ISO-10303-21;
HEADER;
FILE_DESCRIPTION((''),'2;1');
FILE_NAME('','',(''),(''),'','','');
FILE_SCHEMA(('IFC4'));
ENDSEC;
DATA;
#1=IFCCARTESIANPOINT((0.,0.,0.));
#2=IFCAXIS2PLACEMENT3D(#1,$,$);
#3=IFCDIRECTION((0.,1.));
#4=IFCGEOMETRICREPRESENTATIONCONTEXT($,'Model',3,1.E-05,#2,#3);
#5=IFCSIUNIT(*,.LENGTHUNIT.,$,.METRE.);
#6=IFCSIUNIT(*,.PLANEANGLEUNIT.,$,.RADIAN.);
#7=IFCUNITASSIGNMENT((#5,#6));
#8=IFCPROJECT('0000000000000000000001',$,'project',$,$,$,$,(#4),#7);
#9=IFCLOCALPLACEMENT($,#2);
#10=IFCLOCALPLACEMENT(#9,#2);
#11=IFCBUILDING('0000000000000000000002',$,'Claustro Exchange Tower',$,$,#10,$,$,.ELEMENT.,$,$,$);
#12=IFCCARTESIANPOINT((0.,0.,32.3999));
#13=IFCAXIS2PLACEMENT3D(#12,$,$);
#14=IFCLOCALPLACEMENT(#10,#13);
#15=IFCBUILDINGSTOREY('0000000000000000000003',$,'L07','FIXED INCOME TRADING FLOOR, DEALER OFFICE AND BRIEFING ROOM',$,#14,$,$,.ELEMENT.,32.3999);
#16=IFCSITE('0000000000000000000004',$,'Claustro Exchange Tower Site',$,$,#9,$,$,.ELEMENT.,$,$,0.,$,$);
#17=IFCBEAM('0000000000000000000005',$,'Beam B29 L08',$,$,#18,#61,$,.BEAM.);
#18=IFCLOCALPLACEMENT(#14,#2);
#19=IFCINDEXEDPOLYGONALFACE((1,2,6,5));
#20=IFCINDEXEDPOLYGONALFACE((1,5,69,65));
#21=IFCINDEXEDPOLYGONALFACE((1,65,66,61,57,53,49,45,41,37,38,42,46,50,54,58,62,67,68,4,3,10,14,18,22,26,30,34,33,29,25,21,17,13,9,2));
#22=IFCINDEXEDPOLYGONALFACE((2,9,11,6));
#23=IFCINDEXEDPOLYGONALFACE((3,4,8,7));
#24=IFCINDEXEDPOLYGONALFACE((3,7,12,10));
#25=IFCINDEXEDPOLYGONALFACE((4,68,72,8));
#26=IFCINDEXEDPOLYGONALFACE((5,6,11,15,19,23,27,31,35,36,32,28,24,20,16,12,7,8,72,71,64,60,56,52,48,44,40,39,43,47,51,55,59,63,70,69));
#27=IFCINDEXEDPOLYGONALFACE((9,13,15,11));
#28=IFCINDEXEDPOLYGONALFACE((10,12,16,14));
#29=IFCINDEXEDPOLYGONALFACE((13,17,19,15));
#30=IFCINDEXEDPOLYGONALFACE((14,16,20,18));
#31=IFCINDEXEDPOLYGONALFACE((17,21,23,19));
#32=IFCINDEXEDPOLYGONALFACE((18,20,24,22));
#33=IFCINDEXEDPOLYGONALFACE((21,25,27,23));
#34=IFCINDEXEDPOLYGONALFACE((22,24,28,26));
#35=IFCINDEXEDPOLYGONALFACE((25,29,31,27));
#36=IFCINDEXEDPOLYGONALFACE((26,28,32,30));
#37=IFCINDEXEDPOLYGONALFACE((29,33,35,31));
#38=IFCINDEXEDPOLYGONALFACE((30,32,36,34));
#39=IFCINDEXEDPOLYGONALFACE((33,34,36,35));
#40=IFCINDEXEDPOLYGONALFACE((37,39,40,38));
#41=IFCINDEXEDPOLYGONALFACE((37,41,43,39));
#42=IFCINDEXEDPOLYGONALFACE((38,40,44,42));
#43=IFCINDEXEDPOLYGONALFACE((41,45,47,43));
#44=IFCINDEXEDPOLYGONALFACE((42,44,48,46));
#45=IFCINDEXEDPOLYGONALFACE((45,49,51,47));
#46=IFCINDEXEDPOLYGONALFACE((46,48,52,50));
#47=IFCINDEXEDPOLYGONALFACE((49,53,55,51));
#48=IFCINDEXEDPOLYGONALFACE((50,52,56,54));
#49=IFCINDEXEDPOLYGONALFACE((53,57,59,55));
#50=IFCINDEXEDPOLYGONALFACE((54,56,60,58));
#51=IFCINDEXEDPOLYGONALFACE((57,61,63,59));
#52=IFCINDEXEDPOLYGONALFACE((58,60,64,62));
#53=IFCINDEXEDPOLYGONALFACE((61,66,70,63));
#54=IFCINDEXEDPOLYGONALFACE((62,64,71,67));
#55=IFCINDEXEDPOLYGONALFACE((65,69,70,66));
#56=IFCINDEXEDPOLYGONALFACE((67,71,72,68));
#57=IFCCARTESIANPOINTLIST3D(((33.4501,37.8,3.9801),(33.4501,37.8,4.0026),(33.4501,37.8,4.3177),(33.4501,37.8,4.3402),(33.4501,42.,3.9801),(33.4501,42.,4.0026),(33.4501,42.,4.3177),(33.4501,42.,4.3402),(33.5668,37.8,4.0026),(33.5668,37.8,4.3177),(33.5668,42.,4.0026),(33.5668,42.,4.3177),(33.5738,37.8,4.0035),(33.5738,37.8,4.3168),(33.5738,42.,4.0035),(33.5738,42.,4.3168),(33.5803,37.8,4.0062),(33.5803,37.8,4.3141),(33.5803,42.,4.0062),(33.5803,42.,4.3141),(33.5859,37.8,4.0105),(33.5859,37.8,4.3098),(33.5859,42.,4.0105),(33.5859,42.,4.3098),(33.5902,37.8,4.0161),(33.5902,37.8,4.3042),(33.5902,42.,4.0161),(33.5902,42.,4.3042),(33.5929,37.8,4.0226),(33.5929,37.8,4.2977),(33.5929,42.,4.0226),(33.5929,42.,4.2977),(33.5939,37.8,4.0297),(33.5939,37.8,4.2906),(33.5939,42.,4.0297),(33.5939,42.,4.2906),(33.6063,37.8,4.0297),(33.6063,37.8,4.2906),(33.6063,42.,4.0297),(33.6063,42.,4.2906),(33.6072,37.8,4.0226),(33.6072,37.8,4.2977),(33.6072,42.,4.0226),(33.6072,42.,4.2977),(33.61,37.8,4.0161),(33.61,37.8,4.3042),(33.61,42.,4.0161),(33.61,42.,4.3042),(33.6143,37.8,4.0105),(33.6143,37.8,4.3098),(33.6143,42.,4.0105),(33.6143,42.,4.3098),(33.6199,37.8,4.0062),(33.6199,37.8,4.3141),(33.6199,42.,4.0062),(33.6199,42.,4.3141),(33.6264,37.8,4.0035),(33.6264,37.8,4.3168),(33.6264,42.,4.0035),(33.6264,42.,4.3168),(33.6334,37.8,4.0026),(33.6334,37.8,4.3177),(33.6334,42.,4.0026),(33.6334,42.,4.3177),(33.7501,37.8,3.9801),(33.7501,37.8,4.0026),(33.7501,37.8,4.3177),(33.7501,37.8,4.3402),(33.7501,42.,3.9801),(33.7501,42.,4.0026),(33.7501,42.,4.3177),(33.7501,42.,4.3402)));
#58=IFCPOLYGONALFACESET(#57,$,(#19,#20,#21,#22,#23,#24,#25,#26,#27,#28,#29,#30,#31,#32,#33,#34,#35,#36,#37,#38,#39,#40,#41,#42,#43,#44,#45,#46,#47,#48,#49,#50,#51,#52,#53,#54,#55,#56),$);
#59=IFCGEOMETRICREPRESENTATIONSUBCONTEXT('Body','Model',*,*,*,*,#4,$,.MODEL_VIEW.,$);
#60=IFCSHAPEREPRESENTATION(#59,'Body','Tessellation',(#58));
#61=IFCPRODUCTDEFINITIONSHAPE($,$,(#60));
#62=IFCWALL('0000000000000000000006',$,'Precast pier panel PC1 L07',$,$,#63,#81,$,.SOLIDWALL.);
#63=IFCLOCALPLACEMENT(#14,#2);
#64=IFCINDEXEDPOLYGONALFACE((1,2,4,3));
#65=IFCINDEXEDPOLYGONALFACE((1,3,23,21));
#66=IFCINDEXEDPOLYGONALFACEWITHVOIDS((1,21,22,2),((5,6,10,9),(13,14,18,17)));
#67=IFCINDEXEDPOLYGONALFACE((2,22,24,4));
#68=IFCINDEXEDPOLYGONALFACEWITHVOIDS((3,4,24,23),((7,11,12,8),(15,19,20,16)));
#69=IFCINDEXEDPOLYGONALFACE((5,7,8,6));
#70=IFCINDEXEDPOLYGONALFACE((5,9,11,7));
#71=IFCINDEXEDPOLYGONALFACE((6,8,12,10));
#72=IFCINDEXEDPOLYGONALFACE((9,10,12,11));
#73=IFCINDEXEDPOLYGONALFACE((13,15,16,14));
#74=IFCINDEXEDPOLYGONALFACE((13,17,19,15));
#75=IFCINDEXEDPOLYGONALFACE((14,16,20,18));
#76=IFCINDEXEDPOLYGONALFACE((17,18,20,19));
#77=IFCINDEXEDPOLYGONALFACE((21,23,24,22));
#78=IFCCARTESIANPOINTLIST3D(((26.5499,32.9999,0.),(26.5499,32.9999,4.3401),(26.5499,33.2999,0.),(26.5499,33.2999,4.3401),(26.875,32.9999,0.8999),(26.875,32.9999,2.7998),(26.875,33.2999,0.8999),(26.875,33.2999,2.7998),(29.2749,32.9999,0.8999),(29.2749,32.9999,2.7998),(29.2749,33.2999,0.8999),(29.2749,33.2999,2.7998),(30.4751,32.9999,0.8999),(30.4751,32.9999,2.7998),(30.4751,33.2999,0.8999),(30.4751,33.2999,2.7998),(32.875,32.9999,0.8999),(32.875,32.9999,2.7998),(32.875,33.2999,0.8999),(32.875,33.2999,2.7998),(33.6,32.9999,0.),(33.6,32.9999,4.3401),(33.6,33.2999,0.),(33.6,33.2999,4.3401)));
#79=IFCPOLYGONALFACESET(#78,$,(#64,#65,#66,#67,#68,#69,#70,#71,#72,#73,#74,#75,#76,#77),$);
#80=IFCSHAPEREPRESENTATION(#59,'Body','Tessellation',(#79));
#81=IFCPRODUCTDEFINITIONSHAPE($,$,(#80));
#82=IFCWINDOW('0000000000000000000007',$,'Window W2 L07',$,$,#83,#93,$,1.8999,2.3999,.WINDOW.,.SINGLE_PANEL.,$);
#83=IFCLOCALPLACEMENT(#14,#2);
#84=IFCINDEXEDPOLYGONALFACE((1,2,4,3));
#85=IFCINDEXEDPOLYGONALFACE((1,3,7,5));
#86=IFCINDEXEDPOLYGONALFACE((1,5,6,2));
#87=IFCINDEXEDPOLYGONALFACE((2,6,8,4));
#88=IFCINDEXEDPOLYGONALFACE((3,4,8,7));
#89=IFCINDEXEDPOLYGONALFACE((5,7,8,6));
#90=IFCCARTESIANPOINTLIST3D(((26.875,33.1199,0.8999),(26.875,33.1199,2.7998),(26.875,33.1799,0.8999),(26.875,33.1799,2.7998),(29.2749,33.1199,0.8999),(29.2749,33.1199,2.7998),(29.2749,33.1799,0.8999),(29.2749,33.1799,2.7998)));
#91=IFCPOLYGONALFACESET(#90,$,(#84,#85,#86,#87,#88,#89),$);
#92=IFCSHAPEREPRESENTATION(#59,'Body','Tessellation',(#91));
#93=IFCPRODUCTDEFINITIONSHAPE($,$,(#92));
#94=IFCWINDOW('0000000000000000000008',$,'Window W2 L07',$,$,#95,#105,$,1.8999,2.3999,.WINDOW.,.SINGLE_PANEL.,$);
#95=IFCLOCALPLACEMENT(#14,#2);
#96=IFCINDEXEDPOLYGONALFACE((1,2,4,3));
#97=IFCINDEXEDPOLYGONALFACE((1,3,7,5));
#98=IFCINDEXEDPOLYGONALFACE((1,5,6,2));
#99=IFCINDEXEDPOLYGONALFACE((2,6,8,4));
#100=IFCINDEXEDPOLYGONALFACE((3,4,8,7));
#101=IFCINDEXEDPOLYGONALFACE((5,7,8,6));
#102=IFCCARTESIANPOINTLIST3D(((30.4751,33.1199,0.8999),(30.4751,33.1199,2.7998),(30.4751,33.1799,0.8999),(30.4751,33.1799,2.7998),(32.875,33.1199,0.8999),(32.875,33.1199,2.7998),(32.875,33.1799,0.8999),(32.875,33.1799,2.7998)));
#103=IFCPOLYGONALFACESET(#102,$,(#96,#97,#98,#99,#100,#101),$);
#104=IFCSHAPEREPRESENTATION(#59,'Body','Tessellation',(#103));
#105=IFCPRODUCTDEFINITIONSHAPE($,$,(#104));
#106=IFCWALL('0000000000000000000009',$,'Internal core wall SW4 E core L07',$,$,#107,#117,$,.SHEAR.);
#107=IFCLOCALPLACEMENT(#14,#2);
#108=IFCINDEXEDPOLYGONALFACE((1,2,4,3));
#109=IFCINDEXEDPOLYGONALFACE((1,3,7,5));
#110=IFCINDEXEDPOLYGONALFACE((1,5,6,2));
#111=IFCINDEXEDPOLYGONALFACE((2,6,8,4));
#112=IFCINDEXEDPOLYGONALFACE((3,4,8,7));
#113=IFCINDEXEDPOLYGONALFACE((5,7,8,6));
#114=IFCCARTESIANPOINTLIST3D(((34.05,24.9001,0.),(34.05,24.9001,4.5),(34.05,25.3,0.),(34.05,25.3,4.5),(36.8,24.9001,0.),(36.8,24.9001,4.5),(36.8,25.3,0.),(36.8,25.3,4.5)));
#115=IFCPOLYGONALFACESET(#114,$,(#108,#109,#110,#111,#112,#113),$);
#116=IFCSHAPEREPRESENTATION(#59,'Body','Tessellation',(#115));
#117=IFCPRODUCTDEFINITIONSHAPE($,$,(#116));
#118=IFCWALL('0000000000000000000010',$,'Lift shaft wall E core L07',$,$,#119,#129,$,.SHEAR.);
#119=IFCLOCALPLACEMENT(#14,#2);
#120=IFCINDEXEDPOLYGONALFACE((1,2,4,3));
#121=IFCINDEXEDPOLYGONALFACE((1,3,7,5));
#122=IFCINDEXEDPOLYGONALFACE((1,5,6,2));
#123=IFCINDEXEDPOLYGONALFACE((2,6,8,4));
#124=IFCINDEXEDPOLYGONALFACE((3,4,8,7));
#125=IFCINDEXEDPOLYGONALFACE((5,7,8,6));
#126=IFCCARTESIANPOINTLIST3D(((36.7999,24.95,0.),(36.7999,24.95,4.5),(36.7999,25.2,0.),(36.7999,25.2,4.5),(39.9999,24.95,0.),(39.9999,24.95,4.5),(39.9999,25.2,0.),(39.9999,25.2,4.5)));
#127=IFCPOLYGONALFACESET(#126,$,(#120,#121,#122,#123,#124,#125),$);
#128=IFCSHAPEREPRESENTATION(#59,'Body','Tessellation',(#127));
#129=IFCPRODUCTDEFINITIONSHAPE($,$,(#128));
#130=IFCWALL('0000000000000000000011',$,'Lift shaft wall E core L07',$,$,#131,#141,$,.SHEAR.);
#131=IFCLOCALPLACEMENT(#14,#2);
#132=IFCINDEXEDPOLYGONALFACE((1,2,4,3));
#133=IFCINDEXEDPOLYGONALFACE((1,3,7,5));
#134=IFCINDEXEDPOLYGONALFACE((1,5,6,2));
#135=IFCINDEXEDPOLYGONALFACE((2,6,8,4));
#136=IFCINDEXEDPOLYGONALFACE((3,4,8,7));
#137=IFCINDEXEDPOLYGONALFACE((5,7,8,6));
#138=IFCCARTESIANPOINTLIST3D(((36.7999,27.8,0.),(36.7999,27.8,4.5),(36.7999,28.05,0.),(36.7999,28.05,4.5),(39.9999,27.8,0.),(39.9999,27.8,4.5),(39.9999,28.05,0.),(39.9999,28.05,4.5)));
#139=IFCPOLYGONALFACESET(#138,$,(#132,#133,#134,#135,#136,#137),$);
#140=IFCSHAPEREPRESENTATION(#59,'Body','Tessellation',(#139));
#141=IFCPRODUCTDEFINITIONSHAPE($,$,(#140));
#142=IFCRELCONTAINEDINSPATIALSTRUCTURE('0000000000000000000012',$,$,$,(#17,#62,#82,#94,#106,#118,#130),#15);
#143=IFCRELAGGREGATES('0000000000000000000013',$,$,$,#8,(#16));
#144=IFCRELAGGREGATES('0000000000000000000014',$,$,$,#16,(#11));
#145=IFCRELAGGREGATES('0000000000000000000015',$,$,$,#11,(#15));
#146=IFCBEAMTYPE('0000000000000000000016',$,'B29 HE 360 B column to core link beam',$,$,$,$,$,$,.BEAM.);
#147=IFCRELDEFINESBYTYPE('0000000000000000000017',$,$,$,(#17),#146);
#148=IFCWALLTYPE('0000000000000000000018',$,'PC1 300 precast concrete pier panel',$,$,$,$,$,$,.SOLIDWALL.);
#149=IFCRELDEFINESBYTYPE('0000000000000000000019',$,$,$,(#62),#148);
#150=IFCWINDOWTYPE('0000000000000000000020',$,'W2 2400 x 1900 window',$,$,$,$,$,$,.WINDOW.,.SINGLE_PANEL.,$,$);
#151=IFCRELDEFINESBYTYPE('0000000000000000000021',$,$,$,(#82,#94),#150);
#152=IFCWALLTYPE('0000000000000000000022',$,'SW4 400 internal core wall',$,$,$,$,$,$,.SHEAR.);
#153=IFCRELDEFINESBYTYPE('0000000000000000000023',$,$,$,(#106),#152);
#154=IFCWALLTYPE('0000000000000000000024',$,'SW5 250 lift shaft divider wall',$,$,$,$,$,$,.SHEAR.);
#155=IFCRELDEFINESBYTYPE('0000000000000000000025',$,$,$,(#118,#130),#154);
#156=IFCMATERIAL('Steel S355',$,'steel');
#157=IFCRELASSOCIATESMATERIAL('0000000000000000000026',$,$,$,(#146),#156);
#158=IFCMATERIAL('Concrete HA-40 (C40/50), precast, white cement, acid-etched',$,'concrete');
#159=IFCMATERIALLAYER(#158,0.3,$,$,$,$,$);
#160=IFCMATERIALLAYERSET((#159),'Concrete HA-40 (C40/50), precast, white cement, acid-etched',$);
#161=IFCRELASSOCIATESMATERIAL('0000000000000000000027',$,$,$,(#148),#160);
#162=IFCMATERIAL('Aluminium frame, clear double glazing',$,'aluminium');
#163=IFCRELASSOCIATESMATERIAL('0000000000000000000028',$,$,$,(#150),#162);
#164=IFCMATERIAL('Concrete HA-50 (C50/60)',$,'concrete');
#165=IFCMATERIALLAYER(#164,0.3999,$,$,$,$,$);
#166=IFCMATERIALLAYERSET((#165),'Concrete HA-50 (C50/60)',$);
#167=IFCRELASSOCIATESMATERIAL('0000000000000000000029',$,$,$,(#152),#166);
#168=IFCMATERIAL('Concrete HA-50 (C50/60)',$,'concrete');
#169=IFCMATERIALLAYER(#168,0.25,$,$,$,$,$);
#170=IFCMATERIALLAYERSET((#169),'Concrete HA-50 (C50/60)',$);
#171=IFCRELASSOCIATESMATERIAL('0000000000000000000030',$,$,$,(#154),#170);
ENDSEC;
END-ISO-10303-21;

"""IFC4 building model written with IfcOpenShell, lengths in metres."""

from ifc_helpers import new_model, si_unit, direction, frame, frame_2d, origin, origin_2d, place, context, subcontext, project, spatial, rectangle, i_section, extrude, material, layer, layer_set, material_profile, profile_set, type_object, element, fill, save


model = new_model("IFC4")

# Units and contexts
model_context = context("Model", 3, precision=1e-05, world=origin(), true_north=direction((0.0, 1.0)))
body_context = subcontext(model_context, "Body", "Model", "MODEL_VIEW")
ifc_project = project(units=[si_unit("LENGTHUNIT", "METRE"), si_unit("PLANEANGLEUNIT", "RADIAN")], contexts=[model_context])

# Site, building, storey
site_placement = place(None, origin())
site = spatial("IfcSite", under=ifc_project, at=site_placement, Name="Claustro Exchange Tower Site", CompositionType="ELEMENT", RefElevation=0.0)
building_placement = place(site_placement, origin())
building = spatial("IfcBuilding", under=site, at=building_placement, Name="Claustro Exchange Tower", CompositionType="ELEMENT")
storey_placement = place(building_placement, frame((0.0, 0.0, 32.3999)))
storey = spatial("IfcBuildingStorey", under=building, at=storey_placement, Name="L07", Description="FIXED INCOME TRADING FLOOR, DEALER OFFICE AND BRIEFING ROOM", CompositionType="ELEMENT", Elevation=32.3999)

# Beam
ifc_material_1 = material(Name="Steel S355", Category="steel")
ifc_material_profile_1 = material_profile(ifc_material_1, i_section(OverallWidth=0.3, OverallDepth=0.3601, WebThickness=0.0125, FlangeThickness=0.0225, FilletRadius=0.0271, at=origin_2d()), Name="HE 360 B")
ifc_profile_set_1 = profile_set([ifc_material_profile_1], Name="Steel S355")
beam_type_1 = type_object("IfcBeamType", Name="B29 HE 360 B column to core link beam", PredefinedType="BEAM", material=ifc_profile_set_1)
beam_1_placement = place(storey_placement, frame((33.6001, 37.8, 4.1602), z_axis=(0.0, 1.0, 0.0), x_axis=(-1.0, 0.0, 0.0)))
element("IfcBeam", 1, at=beam_1_placement, inside=storey, type_object=beam_type_1, Name="Beam B29 L08", PredefinedType="BEAM", context=body_context, shape_type="SweptSolid", body=[
    extrude(i_section(OverallWidth=0.3, OverallDepth=0.3601, WebThickness=0.0125, FlangeThickness=0.0225, FilletRadius=0.0271, at=origin_2d()), origin(), (0.0, 0.0, 1.0), 4.2),
])

# Wall, openings, windows
ifc_material_2 = material(Name="Concrete HA-40 (C40/50), precast, white cement, acid-etched", Category="concrete")
ifc_layer_1 = layer(ifc_material_2, 0.3)
ifc_layer_set_1 = layer_set([ifc_layer_1], Name="Concrete HA-40 (C40/50), precast, white cement, acid-etched")
wall_type_1 = type_object("IfcWallType", Name="PC1 300 precast concrete pier panel", PredefinedType="SOLIDWALL", material=ifc_layer_set_1)
wall_1_placement = place(storey_placement, frame((26.55, 33.1499, 0.0), z_axis=(0.0, 0.0, 1.0), x_axis=(1.0, 0.0, 0.0)))
wall_1 = element("IfcWall", 2, at=wall_1_placement, inside=storey, type_object=wall_type_1, Name="Precast pier panel PC1 L07", PredefinedType="SOLIDWALL", context=body_context, shape_type="SweptSolid", body=[
    extrude(rectangle(XDim=7.05, YDim=0.3, at=frame_2d((3.5249, 0.0))), origin(), (0.0, 0.0, 1.0), 4.3401),
])
opening_1_placement = place(wall_1_placement, frame((0.325, 0.0, 0.8999)))
opening_1 = element("IfcOpeningElement", 3, at=opening_1_placement, cuts=wall_1, PredefinedType="OPENING", context=body_context, shape_type="SweptSolid", body=[
    extrude(rectangle(XDim=2.3999, YDim=1.8999, at=frame_2d((1.2, 0.95))), frame((0.0, 0.1599, 0.0), z_axis=(0.0, -1.0, 0.0), x_axis=(1.0, 0.0, 0.0)), (0.0, 0.0, 1.0), 0.3201),
])
opening_2_placement = place(wall_1_placement, frame((3.925, 0.0, 0.8999)))
opening_2 = element("IfcOpeningElement", 4, at=opening_2_placement, cuts=wall_1, PredefinedType="OPENING", context=body_context, shape_type="SweptSolid", body=[
    extrude(rectangle(XDim=2.3999, YDim=1.8999, at=frame_2d((1.2, 0.95))), frame((0.0, 0.1599, 0.0), z_axis=(0.0, -1.0, 0.0), x_axis=(1.0, 0.0, 0.0)), (0.0, 0.0, 1.0), 0.3201),
])
ifc_material_3 = material(Name="Aluminium frame, clear double glazing", Category="aluminium")
window_type = type_object("IfcWindowType", Name="W2 2400 x 1900 window", PartitioningType="SINGLE_PANEL", PredefinedType="WINDOW", material=ifc_material_3)
window_1_placement = place(opening_1_placement, origin())
window_1 = element("IfcWindow", 5, at=window_1_placement, inside=storey, type_object=window_type, Name="Window W2 L07", OverallHeight=1.8999, OverallWidth=2.3999, PartitioningType="SINGLE_PANEL", PredefinedType="WINDOW", context=body_context, shape_type="SweptSolid", body=[
    extrude(rectangle(XDim=2.3999, YDim=1.8999, at=frame_2d((1.2, 0.95))), frame((0.0, 0.03, 0.0), z_axis=(0.0, -1.0, 0.0), x_axis=(1.0, 0.0, 0.0)), (0.0, 0.0, 1.0), 0.0601),
])
fill(opening_1, window_1)
window_2_placement = place(opening_2_placement, origin())
window_2 = element("IfcWindow", 6, at=window_2_placement, inside=storey, type_object=window_type, Name="Window W2 L07", OverallHeight=1.8999, OverallWidth=2.3999, PartitioningType="SINGLE_PANEL", PredefinedType="WINDOW", context=body_context, shape_type="SweptSolid", body=[
    extrude(rectangle(XDim=2.3999, YDim=1.8999, at=frame_2d((1.2, 0.95))), frame((0.0, 0.03, 0.0), z_axis=(0.0, -1.0, 0.0), x_axis=(1.0, 0.0, 0.0)), (0.0, 0.0, 1.0), 0.0601),
])
fill(opening_2, window_2)

# Walls
ifc_material_4 = material(Name="Concrete HA-50 (C50/60)", Category="concrete")
ifc_layer_2 = layer(ifc_material_4, 0.3999)
ifc_layer_set_2 = layer_set([ifc_layer_2], Name="Concrete HA-50 (C50/60)")
wall_type_2 = type_object("IfcWallType", Name="SW4 400 internal core wall", PredefinedType="SHEAR", material=ifc_layer_set_2)
wall_2_placement = place(storey_placement, frame((36.8, 25.1001, 0.0), z_axis=(0.0, 0.0, 1.0), x_axis=(-1.0, 0.0, 0.0)))
element("IfcWall", 7, at=wall_2_placement, inside=storey, type_object=wall_type_2, Name="Internal core wall SW4 E core L07", PredefinedType="SHEAR", context=body_context, shape_type="SweptSolid", body=[
    extrude(rectangle(XDim=2.75, YDim=0.3999, at=frame_2d((1.375, 0.0))), origin(), (0.0, 0.0, 1.0), 4.5),
])
ifc_material_5 = material(Name="Concrete HA-50 (C50/60)", Category="concrete")
ifc_layer_3 = layer(ifc_material_5, 0.25)
ifc_layer_set_3 = layer_set([ifc_layer_3], Name="Concrete HA-50 (C50/60)")
wall_type_3 = type_object("IfcWallType", Name="SW5 250 lift shaft divider wall", PredefinedType="SHEAR", material=ifc_layer_set_3)
for number, where, z_axis, x_axis, name in (
    (8, (40.0, 25.075, 0.0), (0.0, 0.0, 1.0), (-1.0, 0.0, 0.0), "Lift shaft wall E core L07"),
    (9, (40.0, 27.925, 0.0), (0.0, 0.0, 1.0), (-1.0, 0.0, 0.0), "Lift shaft wall E core L07"),
):
    element("IfcWall", number, at=place(storey_placement, frame(where, z_axis=z_axis, x_axis=x_axis)), inside=storey, type_object=wall_type_3, Name=name, PredefinedType="SHEAR", context=body_context, shape_type="SweptSolid", body=[
        extrude(rectangle(XDim=3.2, YDim=0.25, at=frame_2d((1.6001, 0.0))), origin(), (0.0, 0.0, 1.0), 4.5),
    ])

save(model, "model.ifc")
